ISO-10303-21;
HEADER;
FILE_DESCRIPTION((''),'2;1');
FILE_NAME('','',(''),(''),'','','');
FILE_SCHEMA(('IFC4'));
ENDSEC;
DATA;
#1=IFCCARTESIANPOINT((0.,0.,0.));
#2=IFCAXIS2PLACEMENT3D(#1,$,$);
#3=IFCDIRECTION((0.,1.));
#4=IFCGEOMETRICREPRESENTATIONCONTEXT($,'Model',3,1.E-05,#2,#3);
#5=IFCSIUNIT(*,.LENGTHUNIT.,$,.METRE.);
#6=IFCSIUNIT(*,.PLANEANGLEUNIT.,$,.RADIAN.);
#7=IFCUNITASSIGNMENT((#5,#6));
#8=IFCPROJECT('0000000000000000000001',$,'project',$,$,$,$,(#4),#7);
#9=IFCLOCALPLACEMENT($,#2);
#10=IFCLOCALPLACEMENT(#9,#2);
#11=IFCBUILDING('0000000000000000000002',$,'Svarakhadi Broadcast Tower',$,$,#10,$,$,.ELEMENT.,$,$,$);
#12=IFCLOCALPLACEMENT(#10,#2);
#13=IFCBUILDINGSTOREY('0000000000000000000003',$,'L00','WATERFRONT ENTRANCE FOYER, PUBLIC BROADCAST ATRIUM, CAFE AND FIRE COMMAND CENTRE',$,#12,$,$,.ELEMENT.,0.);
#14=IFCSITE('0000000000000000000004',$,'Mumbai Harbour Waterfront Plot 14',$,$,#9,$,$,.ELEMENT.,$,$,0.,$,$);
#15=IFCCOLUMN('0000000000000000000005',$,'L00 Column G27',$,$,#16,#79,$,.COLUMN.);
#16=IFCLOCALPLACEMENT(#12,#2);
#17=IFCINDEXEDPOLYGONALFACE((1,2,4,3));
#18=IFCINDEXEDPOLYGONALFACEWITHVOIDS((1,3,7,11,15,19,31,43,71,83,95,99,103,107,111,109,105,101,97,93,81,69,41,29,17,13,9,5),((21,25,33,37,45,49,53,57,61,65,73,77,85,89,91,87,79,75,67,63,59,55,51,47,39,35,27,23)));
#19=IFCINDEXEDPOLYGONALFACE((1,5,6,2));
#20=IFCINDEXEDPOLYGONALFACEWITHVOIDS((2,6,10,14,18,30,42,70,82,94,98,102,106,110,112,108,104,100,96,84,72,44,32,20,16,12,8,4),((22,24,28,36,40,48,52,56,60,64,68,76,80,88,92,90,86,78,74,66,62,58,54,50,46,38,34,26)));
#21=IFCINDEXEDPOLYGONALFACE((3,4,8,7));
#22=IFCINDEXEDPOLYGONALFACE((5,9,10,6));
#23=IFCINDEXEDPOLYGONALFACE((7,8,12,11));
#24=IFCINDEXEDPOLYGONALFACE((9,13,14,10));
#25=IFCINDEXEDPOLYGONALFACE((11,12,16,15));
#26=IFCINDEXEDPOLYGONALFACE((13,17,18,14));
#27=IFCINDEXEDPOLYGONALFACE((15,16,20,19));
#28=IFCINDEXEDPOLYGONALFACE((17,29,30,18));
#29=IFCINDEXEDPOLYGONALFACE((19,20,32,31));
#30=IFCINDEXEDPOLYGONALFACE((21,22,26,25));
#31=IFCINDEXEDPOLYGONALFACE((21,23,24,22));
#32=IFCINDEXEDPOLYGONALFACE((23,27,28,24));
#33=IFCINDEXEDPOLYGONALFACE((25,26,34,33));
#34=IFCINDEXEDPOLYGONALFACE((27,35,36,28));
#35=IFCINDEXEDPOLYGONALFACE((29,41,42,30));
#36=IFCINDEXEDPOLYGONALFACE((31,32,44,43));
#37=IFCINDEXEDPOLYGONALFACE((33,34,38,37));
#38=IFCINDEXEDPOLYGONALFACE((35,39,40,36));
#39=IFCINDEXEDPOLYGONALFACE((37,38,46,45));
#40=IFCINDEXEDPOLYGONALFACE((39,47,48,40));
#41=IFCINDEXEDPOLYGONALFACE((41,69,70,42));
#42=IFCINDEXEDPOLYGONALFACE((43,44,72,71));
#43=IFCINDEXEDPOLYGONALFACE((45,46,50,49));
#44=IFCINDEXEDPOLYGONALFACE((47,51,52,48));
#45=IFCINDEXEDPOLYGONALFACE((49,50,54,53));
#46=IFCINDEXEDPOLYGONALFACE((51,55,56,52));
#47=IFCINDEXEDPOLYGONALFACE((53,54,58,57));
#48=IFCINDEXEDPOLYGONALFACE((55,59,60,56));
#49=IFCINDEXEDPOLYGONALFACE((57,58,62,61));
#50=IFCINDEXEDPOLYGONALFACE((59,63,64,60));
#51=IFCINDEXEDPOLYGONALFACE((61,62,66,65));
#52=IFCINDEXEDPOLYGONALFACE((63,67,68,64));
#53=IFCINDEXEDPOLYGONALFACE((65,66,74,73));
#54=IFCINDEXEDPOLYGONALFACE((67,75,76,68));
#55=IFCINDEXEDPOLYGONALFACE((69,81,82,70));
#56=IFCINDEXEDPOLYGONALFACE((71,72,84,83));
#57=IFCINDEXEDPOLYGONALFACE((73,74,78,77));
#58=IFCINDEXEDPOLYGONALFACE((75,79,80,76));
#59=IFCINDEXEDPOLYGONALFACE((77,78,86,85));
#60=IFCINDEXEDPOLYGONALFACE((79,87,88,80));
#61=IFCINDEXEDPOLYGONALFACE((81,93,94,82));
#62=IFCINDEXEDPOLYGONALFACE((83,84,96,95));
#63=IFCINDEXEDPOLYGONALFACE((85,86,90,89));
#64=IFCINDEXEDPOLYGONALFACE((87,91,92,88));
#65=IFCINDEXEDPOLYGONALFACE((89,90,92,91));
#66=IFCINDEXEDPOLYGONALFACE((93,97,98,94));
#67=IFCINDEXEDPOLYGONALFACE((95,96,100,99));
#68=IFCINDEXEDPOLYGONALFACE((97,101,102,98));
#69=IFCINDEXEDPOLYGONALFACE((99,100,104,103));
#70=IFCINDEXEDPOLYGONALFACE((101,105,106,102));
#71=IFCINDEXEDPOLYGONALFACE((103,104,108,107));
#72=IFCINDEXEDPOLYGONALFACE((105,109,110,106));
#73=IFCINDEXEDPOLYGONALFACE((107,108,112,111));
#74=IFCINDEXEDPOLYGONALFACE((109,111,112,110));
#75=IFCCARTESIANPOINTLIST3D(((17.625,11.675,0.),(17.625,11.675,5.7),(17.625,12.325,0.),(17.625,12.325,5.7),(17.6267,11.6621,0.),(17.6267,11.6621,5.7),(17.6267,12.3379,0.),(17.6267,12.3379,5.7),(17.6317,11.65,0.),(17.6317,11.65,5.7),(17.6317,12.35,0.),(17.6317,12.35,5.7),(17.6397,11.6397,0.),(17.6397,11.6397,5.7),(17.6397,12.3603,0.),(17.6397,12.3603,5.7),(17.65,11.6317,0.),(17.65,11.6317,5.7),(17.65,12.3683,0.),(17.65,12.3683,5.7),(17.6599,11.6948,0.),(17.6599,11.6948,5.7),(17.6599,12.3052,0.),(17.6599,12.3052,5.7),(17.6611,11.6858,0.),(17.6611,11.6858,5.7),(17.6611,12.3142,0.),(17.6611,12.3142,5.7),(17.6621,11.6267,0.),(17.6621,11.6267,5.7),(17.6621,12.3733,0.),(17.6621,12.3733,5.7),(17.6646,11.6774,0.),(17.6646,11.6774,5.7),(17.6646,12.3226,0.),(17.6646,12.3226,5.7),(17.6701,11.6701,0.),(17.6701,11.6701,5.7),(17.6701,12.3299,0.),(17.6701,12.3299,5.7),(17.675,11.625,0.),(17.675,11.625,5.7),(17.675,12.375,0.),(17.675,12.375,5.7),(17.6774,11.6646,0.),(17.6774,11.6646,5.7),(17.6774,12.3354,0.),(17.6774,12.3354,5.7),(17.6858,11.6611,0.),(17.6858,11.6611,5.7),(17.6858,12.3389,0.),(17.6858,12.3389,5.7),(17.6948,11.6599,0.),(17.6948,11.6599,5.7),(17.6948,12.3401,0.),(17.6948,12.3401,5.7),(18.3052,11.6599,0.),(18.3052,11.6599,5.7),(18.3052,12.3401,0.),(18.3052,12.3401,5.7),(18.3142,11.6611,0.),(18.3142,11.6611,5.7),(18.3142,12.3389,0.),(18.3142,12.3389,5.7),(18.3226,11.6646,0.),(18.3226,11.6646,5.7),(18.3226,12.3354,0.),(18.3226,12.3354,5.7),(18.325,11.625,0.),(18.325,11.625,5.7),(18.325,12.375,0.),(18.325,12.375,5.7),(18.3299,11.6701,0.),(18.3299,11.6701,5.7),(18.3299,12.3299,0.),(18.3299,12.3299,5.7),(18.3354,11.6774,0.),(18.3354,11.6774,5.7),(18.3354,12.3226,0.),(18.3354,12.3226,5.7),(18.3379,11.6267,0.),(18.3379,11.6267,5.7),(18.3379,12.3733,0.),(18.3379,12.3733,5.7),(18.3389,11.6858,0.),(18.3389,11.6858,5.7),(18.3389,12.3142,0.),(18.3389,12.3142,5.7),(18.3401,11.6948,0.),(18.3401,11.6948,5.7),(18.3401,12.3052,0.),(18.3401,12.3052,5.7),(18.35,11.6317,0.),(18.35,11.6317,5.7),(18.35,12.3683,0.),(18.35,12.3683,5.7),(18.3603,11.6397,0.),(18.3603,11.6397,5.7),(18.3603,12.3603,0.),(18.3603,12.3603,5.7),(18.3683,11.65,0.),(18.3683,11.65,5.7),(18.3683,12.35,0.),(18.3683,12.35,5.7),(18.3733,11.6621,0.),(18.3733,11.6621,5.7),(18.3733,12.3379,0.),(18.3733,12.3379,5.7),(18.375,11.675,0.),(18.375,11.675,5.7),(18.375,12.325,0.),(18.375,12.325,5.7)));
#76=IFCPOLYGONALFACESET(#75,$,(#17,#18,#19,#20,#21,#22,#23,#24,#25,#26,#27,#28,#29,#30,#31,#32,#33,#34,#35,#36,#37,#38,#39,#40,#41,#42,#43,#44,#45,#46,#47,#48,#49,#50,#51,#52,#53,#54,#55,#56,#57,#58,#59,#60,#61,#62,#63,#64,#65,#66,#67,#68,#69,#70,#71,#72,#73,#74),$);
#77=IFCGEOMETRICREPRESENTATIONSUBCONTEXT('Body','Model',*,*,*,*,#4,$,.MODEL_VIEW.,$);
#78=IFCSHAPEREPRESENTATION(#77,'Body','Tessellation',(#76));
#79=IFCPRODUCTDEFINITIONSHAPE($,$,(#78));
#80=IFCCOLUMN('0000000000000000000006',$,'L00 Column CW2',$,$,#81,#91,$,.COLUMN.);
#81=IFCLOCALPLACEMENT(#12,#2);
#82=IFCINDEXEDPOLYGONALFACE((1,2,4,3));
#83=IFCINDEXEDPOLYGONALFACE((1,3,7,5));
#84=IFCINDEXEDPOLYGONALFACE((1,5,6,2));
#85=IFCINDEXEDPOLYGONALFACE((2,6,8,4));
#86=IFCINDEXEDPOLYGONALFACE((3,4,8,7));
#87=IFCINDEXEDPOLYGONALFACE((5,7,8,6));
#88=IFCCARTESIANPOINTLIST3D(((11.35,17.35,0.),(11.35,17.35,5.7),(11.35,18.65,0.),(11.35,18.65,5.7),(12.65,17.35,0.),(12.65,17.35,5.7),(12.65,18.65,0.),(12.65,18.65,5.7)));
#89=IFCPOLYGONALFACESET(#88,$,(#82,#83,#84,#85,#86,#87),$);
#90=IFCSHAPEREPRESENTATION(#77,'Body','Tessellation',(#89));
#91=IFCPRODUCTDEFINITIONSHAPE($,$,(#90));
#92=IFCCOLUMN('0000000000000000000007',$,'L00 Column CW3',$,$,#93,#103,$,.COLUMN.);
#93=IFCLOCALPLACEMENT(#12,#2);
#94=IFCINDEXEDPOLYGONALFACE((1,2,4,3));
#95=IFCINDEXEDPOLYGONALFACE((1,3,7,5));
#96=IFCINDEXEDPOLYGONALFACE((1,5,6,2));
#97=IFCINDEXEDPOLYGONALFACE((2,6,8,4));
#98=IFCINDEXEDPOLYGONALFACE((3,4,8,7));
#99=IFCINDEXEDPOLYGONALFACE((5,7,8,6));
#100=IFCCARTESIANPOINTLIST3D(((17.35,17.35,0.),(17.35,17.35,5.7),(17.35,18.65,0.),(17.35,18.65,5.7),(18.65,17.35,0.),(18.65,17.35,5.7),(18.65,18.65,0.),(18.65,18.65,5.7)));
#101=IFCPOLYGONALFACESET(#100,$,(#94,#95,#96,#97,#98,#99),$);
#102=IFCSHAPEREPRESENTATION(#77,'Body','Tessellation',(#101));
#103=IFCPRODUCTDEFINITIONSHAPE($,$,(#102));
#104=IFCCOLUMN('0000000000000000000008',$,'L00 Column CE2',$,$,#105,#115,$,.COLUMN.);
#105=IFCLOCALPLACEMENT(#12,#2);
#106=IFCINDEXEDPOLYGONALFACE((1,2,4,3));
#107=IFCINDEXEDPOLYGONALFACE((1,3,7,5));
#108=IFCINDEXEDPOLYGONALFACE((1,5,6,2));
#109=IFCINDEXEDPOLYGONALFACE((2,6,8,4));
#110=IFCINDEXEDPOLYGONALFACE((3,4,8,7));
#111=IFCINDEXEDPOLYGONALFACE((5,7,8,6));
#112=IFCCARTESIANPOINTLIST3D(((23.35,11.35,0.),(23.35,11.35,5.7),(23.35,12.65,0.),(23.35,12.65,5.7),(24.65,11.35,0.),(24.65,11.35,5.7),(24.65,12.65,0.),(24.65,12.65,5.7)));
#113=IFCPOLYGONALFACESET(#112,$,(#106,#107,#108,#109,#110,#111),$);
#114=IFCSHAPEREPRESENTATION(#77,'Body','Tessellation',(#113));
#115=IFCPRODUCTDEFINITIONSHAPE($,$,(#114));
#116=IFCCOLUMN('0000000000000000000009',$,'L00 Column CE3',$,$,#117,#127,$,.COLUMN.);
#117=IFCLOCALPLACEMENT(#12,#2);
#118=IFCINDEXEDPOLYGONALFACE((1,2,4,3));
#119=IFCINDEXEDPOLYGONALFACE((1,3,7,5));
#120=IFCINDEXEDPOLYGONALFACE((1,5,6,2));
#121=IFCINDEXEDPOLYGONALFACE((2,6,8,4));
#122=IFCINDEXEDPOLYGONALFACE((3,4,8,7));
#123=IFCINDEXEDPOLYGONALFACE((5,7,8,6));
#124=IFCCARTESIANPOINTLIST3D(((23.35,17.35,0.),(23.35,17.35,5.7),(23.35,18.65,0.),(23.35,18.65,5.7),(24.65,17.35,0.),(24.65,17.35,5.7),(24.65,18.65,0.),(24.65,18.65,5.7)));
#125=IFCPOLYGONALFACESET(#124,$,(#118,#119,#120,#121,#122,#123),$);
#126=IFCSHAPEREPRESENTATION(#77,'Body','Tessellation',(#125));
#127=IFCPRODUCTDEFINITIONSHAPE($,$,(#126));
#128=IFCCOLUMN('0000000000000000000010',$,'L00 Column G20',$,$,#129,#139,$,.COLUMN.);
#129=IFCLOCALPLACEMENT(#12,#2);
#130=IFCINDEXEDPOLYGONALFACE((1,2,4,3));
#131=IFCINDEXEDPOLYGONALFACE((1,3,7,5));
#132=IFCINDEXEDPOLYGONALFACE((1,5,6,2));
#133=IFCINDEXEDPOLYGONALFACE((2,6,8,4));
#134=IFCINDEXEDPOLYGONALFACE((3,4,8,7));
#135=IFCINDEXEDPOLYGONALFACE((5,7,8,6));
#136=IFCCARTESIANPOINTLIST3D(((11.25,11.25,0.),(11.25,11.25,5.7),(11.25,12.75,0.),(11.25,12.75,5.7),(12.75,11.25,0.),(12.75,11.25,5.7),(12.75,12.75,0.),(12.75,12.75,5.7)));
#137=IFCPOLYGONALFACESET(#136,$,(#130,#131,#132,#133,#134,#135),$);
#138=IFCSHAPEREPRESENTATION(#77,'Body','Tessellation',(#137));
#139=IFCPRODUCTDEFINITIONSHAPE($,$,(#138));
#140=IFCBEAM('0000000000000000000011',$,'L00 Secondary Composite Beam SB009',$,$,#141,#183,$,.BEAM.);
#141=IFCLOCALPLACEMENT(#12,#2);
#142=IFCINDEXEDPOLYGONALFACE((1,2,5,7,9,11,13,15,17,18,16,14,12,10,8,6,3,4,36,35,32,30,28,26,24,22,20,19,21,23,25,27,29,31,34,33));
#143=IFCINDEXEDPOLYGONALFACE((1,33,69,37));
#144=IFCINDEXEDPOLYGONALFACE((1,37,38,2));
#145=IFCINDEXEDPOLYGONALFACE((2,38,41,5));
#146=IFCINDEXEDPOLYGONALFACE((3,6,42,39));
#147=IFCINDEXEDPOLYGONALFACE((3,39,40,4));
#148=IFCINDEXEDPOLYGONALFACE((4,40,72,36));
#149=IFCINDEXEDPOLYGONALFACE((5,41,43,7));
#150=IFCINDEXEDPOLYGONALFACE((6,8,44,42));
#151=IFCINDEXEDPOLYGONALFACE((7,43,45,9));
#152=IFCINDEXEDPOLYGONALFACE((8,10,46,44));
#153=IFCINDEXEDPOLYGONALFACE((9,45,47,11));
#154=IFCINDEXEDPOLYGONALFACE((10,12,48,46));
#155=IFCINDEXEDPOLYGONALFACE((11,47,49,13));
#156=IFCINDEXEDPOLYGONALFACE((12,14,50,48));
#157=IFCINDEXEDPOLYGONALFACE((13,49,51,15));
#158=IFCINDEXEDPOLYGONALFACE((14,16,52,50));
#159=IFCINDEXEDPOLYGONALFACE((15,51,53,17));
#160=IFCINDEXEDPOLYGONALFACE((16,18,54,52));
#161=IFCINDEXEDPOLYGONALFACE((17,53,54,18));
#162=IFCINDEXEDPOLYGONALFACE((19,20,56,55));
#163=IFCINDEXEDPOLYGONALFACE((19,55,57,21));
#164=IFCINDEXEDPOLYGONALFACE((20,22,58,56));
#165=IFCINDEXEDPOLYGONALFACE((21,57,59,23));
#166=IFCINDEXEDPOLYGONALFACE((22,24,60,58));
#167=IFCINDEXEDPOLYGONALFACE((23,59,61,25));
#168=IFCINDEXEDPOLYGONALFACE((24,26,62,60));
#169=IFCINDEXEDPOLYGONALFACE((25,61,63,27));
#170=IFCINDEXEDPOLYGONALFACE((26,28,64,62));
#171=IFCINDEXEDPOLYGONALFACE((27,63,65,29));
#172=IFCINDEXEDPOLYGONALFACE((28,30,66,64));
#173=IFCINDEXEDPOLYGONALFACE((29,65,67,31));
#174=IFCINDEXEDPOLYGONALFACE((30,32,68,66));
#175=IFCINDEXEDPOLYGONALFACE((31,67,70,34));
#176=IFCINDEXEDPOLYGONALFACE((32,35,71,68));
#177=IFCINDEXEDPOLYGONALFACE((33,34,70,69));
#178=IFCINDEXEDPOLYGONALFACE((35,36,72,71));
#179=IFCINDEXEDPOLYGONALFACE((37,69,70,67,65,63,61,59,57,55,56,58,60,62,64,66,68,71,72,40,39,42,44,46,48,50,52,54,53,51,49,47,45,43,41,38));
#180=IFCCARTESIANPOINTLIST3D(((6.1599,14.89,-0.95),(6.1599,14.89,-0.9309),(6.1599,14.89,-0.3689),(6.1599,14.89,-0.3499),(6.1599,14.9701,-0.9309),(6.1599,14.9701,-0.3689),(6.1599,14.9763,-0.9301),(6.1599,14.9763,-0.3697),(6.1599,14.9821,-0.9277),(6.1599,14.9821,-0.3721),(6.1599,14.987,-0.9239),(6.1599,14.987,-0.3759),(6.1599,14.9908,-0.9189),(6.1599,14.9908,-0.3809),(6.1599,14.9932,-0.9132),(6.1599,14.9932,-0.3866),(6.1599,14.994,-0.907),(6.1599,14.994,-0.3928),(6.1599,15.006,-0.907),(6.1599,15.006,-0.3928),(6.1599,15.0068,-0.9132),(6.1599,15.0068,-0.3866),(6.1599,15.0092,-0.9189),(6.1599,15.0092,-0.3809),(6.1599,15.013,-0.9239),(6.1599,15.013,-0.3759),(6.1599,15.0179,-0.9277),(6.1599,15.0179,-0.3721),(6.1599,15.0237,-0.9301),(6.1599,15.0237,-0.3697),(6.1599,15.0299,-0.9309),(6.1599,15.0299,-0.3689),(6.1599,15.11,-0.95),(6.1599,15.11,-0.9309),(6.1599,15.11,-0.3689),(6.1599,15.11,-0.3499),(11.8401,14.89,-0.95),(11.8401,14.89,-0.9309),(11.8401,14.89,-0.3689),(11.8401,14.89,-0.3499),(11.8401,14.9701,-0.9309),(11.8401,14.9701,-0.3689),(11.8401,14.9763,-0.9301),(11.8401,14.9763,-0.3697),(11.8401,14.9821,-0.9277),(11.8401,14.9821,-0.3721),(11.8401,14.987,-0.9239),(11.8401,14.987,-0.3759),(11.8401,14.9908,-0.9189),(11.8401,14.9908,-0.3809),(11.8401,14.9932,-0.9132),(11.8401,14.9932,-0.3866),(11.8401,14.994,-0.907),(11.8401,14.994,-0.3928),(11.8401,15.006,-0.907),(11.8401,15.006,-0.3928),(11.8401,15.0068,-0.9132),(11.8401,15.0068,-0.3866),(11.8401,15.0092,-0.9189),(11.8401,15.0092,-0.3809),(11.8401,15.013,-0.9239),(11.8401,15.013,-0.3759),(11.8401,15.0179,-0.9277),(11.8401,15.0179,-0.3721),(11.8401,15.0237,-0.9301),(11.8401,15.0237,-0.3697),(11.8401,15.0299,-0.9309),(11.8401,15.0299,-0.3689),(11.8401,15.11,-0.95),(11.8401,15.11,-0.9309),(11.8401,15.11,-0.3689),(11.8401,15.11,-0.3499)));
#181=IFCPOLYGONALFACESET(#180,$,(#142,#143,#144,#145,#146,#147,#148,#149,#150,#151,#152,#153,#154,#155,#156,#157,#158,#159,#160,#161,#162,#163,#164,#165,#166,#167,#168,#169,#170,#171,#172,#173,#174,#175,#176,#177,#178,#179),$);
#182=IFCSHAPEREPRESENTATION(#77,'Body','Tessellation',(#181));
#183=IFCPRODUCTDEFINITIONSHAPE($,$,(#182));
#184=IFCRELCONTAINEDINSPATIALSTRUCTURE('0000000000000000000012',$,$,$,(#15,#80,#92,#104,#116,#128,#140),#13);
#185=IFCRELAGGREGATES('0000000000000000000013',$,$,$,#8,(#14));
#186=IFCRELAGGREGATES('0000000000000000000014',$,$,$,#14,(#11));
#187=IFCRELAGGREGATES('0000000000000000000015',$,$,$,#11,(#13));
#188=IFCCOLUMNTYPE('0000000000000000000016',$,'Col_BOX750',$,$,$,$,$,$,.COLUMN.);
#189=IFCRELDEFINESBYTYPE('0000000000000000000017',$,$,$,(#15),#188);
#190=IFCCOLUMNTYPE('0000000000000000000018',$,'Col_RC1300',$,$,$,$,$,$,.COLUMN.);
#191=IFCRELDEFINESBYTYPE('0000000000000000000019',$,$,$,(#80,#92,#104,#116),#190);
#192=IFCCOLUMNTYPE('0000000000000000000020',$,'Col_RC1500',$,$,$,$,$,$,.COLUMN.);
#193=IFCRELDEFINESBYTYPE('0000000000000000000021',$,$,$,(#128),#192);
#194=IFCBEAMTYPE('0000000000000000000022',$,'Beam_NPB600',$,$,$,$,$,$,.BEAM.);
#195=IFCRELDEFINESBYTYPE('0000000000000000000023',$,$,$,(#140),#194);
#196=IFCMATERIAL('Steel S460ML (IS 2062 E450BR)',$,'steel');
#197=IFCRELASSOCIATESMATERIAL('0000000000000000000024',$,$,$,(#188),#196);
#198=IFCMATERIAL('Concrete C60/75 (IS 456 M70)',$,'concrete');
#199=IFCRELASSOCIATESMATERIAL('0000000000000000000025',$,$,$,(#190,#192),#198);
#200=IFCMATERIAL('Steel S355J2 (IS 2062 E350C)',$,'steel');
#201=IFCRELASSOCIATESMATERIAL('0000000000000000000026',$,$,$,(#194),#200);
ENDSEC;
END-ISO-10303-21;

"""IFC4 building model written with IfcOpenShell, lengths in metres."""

from ifc_helpers import new_model, si_unit, direction, frame, origin, origin_2d, place, context, subcontext, project, spatial, rectangle, hollow_rectangle, i_section, extrude, material, material_profile, profile_set, type_object, element, save


model = new_model("IFC4")

# Units and contexts
model_context = context("Model", 3, precision=1e-05, world=origin(), true_north=direction((0.0, 1.0)))
body_context = subcontext(model_context, "Body", "Model", "MODEL_VIEW")
ifc_project = project(units=[si_unit("LENGTHUNIT", "METRE"), si_unit("PLANEANGLEUNIT", "RADIAN")], contexts=[model_context])

# Site, building, storey
site_placement = place(None, origin())
site = spatial("IfcSite", under=ifc_project, at=site_placement, Name="Mumbai Harbour Waterfront Plot 14", CompositionType="ELEMENT", RefElevation=0.0)
building_placement = place(site_placement, origin())
building = spatial("IfcBuilding", under=site, at=building_placement, Name="Svarakhadi Broadcast Tower", CompositionType="ELEMENT")
storey_placement = place(building_placement, origin())
storey = spatial("IfcBuildingStorey", under=building, at=storey_placement, Name="L00", Description="WATERFRONT ENTRANCE FOYER, PUBLIC BROADCAST ATRIUM, CAFE AND FIRE COMMAND CENTRE", CompositionType="ELEMENT", Elevation=0.0)

# Columns
ifc_material_1 = material(Name="Steel S460ML (IS 2062 E450BR)", Category="steel")
ifc_material_profile_1 = material_profile(ifc_material_1, hollow_rectangle(XDim=0.75, YDim=0.75, WallThickness=0.0349, InnerFilletRadius=0.0349, OuterFilletRadius=0.05, at=origin_2d()), Name="BOX 750x750x35")
ifc_profile_set_1 = profile_set([ifc_material_profile_1], Name="Steel S460ML (IS 2062 E450BR)")
column_type_1 = type_object("IfcColumnType", Name="Col_BOX750", PredefinedType="COLUMN", material=ifc_profile_set_1)
column_1_placement = place(storey_placement, frame((18.0, 12.0, 0.0), z_axis=(0.0, 0.0, 1.0), x_axis=(1.0, 0.0, 0.0)))
element("IfcColumn", 1, at=column_1_placement, inside=storey, type_object=column_type_1, Name="L00 Column G27", PredefinedType="COLUMN", context=body_context, shape_type="SweptSolid", body=[
    extrude(hollow_rectangle(XDim=0.75, YDim=0.75, WallThickness=0.0349, InnerFilletRadius=0.0349, OuterFilletRadius=0.05, at=origin_2d()), origin(), (0.0, 0.0, 1.0), 5.7),
])
ifc_material_2 = material(Name="Concrete C60/75 (IS 456 M70)", Category="concrete")
ifc_material_profile_2 = material_profile(ifc_material_2, rectangle(XDim=1.3, YDim=1.3, at=origin_2d()), Name="RC 1300x1300")
ifc_profile_set_2 = profile_set([ifc_material_profile_2], Name="Concrete C60/75 (IS 456 M70)")
column_type_2 = type_object("IfcColumnType", Name="Col_RC1300", PredefinedType="COLUMN", material=ifc_profile_set_2)
for number, where, z_axis, x_axis, name in (
    (2, (12.0, 18.0, 0.0), (0.0, 0.0, 1.0), (1.0, 0.0, 0.0), "L00 Column CW2"),
    (3, (18.0, 18.0, 0.0), (0.0, 0.0, 1.0), (1.0, 0.0, 0.0), "L00 Column CW3"),
    (4, (24.0, 12.0, 0.0), (0.0, 0.0, 1.0), (1.0, 0.0, 0.0), "L00 Column CE2"),
    (5, (24.0, 18.0, 0.0), (0.0, 0.0, 1.0), (1.0, 0.0, 0.0), "L00 Column CE3"),
):
    element("IfcColumn", number, at=place(storey_placement, frame(where, z_axis=z_axis, x_axis=x_axis)), inside=storey, type_object=column_type_2, Name=name, PredefinedType="COLUMN", context=body_context, shape_type="SweptSolid", body=[
        extrude(rectangle(XDim=1.3, YDim=1.3, at=origin_2d()), origin(), (0.0, 0.0, 1.0), 5.7),
    ])
ifc_material_profile_3 = material_profile(ifc_material_2, rectangle(XDim=1.5, YDim=1.5, at=origin_2d()), Name="RC 1500x1500")
ifc_profile_set_3 = profile_set([ifc_material_profile_3], Name="Concrete C60/75 (IS 456 M70)")
column_type_3 = type_object("IfcColumnType", Name="Col_RC1500", PredefinedType="COLUMN", material=ifc_profile_set_3)
column_2_placement = place(storey_placement, frame((12.0, 12.0, 0.0), z_axis=(0.0, 0.0, 1.0), x_axis=(1.0, 0.0, 0.0)))
element("IfcColumn", 6, at=column_2_placement, inside=storey, type_object=column_type_3, Name="L00 Column G20", PredefinedType="COLUMN", context=body_context, shape_type="SweptSolid", body=[
    extrude(rectangle(XDim=1.5, YDim=1.5, at=origin_2d()), origin(), (0.0, 0.0, 1.0), 5.7),
])

# Beam
ifc_material_3 = material(Name="Steel S355J2 (IS 2062 E350C)", Category="steel")
ifc_material_profile_4 = material_profile(ifc_material_3, i_section(OverallWidth=0.22, OverallDepth=0.6001, WebThickness=0.012, FlangeThickness=0.019, FilletRadius=0.0239, at=origin_2d()), Name="NPB 600x220x122")
ifc_profile_set_4 = profile_set([ifc_material_profile_4], Name="Steel S355J2 (IS 2062 E350C)")
beam_type_1 = type_object("IfcBeamType", Name="Beam_NPB600", PredefinedType="BEAM", material=ifc_profile_set_4)
for number, where, z_axis, x_axis, name in (
    (7, (6.1599, 15.0, -0.6499), (1.0, 0.0, 0.0), (0.0, 1.0, 0.0), "L00 Secondary Composite Beam SB009"),
):
    element("IfcBeam", number, at=place(storey_placement, frame(where, z_axis=z_axis, x_axis=x_axis)), inside=storey, type_object=beam_type_1, Name=name, PredefinedType="BEAM", context=body_context, shape_type="SweptSolid", body=[
        extrude(i_section(OverallWidth=0.22, OverallDepth=0.6001, WebThickness=0.012, FlangeThickness=0.019, FilletRadius=0.0239, at=origin_2d()), origin(), (0.0, 0.0, 1.0), 5.6802),
    ])

save(model, "model.ifc")
